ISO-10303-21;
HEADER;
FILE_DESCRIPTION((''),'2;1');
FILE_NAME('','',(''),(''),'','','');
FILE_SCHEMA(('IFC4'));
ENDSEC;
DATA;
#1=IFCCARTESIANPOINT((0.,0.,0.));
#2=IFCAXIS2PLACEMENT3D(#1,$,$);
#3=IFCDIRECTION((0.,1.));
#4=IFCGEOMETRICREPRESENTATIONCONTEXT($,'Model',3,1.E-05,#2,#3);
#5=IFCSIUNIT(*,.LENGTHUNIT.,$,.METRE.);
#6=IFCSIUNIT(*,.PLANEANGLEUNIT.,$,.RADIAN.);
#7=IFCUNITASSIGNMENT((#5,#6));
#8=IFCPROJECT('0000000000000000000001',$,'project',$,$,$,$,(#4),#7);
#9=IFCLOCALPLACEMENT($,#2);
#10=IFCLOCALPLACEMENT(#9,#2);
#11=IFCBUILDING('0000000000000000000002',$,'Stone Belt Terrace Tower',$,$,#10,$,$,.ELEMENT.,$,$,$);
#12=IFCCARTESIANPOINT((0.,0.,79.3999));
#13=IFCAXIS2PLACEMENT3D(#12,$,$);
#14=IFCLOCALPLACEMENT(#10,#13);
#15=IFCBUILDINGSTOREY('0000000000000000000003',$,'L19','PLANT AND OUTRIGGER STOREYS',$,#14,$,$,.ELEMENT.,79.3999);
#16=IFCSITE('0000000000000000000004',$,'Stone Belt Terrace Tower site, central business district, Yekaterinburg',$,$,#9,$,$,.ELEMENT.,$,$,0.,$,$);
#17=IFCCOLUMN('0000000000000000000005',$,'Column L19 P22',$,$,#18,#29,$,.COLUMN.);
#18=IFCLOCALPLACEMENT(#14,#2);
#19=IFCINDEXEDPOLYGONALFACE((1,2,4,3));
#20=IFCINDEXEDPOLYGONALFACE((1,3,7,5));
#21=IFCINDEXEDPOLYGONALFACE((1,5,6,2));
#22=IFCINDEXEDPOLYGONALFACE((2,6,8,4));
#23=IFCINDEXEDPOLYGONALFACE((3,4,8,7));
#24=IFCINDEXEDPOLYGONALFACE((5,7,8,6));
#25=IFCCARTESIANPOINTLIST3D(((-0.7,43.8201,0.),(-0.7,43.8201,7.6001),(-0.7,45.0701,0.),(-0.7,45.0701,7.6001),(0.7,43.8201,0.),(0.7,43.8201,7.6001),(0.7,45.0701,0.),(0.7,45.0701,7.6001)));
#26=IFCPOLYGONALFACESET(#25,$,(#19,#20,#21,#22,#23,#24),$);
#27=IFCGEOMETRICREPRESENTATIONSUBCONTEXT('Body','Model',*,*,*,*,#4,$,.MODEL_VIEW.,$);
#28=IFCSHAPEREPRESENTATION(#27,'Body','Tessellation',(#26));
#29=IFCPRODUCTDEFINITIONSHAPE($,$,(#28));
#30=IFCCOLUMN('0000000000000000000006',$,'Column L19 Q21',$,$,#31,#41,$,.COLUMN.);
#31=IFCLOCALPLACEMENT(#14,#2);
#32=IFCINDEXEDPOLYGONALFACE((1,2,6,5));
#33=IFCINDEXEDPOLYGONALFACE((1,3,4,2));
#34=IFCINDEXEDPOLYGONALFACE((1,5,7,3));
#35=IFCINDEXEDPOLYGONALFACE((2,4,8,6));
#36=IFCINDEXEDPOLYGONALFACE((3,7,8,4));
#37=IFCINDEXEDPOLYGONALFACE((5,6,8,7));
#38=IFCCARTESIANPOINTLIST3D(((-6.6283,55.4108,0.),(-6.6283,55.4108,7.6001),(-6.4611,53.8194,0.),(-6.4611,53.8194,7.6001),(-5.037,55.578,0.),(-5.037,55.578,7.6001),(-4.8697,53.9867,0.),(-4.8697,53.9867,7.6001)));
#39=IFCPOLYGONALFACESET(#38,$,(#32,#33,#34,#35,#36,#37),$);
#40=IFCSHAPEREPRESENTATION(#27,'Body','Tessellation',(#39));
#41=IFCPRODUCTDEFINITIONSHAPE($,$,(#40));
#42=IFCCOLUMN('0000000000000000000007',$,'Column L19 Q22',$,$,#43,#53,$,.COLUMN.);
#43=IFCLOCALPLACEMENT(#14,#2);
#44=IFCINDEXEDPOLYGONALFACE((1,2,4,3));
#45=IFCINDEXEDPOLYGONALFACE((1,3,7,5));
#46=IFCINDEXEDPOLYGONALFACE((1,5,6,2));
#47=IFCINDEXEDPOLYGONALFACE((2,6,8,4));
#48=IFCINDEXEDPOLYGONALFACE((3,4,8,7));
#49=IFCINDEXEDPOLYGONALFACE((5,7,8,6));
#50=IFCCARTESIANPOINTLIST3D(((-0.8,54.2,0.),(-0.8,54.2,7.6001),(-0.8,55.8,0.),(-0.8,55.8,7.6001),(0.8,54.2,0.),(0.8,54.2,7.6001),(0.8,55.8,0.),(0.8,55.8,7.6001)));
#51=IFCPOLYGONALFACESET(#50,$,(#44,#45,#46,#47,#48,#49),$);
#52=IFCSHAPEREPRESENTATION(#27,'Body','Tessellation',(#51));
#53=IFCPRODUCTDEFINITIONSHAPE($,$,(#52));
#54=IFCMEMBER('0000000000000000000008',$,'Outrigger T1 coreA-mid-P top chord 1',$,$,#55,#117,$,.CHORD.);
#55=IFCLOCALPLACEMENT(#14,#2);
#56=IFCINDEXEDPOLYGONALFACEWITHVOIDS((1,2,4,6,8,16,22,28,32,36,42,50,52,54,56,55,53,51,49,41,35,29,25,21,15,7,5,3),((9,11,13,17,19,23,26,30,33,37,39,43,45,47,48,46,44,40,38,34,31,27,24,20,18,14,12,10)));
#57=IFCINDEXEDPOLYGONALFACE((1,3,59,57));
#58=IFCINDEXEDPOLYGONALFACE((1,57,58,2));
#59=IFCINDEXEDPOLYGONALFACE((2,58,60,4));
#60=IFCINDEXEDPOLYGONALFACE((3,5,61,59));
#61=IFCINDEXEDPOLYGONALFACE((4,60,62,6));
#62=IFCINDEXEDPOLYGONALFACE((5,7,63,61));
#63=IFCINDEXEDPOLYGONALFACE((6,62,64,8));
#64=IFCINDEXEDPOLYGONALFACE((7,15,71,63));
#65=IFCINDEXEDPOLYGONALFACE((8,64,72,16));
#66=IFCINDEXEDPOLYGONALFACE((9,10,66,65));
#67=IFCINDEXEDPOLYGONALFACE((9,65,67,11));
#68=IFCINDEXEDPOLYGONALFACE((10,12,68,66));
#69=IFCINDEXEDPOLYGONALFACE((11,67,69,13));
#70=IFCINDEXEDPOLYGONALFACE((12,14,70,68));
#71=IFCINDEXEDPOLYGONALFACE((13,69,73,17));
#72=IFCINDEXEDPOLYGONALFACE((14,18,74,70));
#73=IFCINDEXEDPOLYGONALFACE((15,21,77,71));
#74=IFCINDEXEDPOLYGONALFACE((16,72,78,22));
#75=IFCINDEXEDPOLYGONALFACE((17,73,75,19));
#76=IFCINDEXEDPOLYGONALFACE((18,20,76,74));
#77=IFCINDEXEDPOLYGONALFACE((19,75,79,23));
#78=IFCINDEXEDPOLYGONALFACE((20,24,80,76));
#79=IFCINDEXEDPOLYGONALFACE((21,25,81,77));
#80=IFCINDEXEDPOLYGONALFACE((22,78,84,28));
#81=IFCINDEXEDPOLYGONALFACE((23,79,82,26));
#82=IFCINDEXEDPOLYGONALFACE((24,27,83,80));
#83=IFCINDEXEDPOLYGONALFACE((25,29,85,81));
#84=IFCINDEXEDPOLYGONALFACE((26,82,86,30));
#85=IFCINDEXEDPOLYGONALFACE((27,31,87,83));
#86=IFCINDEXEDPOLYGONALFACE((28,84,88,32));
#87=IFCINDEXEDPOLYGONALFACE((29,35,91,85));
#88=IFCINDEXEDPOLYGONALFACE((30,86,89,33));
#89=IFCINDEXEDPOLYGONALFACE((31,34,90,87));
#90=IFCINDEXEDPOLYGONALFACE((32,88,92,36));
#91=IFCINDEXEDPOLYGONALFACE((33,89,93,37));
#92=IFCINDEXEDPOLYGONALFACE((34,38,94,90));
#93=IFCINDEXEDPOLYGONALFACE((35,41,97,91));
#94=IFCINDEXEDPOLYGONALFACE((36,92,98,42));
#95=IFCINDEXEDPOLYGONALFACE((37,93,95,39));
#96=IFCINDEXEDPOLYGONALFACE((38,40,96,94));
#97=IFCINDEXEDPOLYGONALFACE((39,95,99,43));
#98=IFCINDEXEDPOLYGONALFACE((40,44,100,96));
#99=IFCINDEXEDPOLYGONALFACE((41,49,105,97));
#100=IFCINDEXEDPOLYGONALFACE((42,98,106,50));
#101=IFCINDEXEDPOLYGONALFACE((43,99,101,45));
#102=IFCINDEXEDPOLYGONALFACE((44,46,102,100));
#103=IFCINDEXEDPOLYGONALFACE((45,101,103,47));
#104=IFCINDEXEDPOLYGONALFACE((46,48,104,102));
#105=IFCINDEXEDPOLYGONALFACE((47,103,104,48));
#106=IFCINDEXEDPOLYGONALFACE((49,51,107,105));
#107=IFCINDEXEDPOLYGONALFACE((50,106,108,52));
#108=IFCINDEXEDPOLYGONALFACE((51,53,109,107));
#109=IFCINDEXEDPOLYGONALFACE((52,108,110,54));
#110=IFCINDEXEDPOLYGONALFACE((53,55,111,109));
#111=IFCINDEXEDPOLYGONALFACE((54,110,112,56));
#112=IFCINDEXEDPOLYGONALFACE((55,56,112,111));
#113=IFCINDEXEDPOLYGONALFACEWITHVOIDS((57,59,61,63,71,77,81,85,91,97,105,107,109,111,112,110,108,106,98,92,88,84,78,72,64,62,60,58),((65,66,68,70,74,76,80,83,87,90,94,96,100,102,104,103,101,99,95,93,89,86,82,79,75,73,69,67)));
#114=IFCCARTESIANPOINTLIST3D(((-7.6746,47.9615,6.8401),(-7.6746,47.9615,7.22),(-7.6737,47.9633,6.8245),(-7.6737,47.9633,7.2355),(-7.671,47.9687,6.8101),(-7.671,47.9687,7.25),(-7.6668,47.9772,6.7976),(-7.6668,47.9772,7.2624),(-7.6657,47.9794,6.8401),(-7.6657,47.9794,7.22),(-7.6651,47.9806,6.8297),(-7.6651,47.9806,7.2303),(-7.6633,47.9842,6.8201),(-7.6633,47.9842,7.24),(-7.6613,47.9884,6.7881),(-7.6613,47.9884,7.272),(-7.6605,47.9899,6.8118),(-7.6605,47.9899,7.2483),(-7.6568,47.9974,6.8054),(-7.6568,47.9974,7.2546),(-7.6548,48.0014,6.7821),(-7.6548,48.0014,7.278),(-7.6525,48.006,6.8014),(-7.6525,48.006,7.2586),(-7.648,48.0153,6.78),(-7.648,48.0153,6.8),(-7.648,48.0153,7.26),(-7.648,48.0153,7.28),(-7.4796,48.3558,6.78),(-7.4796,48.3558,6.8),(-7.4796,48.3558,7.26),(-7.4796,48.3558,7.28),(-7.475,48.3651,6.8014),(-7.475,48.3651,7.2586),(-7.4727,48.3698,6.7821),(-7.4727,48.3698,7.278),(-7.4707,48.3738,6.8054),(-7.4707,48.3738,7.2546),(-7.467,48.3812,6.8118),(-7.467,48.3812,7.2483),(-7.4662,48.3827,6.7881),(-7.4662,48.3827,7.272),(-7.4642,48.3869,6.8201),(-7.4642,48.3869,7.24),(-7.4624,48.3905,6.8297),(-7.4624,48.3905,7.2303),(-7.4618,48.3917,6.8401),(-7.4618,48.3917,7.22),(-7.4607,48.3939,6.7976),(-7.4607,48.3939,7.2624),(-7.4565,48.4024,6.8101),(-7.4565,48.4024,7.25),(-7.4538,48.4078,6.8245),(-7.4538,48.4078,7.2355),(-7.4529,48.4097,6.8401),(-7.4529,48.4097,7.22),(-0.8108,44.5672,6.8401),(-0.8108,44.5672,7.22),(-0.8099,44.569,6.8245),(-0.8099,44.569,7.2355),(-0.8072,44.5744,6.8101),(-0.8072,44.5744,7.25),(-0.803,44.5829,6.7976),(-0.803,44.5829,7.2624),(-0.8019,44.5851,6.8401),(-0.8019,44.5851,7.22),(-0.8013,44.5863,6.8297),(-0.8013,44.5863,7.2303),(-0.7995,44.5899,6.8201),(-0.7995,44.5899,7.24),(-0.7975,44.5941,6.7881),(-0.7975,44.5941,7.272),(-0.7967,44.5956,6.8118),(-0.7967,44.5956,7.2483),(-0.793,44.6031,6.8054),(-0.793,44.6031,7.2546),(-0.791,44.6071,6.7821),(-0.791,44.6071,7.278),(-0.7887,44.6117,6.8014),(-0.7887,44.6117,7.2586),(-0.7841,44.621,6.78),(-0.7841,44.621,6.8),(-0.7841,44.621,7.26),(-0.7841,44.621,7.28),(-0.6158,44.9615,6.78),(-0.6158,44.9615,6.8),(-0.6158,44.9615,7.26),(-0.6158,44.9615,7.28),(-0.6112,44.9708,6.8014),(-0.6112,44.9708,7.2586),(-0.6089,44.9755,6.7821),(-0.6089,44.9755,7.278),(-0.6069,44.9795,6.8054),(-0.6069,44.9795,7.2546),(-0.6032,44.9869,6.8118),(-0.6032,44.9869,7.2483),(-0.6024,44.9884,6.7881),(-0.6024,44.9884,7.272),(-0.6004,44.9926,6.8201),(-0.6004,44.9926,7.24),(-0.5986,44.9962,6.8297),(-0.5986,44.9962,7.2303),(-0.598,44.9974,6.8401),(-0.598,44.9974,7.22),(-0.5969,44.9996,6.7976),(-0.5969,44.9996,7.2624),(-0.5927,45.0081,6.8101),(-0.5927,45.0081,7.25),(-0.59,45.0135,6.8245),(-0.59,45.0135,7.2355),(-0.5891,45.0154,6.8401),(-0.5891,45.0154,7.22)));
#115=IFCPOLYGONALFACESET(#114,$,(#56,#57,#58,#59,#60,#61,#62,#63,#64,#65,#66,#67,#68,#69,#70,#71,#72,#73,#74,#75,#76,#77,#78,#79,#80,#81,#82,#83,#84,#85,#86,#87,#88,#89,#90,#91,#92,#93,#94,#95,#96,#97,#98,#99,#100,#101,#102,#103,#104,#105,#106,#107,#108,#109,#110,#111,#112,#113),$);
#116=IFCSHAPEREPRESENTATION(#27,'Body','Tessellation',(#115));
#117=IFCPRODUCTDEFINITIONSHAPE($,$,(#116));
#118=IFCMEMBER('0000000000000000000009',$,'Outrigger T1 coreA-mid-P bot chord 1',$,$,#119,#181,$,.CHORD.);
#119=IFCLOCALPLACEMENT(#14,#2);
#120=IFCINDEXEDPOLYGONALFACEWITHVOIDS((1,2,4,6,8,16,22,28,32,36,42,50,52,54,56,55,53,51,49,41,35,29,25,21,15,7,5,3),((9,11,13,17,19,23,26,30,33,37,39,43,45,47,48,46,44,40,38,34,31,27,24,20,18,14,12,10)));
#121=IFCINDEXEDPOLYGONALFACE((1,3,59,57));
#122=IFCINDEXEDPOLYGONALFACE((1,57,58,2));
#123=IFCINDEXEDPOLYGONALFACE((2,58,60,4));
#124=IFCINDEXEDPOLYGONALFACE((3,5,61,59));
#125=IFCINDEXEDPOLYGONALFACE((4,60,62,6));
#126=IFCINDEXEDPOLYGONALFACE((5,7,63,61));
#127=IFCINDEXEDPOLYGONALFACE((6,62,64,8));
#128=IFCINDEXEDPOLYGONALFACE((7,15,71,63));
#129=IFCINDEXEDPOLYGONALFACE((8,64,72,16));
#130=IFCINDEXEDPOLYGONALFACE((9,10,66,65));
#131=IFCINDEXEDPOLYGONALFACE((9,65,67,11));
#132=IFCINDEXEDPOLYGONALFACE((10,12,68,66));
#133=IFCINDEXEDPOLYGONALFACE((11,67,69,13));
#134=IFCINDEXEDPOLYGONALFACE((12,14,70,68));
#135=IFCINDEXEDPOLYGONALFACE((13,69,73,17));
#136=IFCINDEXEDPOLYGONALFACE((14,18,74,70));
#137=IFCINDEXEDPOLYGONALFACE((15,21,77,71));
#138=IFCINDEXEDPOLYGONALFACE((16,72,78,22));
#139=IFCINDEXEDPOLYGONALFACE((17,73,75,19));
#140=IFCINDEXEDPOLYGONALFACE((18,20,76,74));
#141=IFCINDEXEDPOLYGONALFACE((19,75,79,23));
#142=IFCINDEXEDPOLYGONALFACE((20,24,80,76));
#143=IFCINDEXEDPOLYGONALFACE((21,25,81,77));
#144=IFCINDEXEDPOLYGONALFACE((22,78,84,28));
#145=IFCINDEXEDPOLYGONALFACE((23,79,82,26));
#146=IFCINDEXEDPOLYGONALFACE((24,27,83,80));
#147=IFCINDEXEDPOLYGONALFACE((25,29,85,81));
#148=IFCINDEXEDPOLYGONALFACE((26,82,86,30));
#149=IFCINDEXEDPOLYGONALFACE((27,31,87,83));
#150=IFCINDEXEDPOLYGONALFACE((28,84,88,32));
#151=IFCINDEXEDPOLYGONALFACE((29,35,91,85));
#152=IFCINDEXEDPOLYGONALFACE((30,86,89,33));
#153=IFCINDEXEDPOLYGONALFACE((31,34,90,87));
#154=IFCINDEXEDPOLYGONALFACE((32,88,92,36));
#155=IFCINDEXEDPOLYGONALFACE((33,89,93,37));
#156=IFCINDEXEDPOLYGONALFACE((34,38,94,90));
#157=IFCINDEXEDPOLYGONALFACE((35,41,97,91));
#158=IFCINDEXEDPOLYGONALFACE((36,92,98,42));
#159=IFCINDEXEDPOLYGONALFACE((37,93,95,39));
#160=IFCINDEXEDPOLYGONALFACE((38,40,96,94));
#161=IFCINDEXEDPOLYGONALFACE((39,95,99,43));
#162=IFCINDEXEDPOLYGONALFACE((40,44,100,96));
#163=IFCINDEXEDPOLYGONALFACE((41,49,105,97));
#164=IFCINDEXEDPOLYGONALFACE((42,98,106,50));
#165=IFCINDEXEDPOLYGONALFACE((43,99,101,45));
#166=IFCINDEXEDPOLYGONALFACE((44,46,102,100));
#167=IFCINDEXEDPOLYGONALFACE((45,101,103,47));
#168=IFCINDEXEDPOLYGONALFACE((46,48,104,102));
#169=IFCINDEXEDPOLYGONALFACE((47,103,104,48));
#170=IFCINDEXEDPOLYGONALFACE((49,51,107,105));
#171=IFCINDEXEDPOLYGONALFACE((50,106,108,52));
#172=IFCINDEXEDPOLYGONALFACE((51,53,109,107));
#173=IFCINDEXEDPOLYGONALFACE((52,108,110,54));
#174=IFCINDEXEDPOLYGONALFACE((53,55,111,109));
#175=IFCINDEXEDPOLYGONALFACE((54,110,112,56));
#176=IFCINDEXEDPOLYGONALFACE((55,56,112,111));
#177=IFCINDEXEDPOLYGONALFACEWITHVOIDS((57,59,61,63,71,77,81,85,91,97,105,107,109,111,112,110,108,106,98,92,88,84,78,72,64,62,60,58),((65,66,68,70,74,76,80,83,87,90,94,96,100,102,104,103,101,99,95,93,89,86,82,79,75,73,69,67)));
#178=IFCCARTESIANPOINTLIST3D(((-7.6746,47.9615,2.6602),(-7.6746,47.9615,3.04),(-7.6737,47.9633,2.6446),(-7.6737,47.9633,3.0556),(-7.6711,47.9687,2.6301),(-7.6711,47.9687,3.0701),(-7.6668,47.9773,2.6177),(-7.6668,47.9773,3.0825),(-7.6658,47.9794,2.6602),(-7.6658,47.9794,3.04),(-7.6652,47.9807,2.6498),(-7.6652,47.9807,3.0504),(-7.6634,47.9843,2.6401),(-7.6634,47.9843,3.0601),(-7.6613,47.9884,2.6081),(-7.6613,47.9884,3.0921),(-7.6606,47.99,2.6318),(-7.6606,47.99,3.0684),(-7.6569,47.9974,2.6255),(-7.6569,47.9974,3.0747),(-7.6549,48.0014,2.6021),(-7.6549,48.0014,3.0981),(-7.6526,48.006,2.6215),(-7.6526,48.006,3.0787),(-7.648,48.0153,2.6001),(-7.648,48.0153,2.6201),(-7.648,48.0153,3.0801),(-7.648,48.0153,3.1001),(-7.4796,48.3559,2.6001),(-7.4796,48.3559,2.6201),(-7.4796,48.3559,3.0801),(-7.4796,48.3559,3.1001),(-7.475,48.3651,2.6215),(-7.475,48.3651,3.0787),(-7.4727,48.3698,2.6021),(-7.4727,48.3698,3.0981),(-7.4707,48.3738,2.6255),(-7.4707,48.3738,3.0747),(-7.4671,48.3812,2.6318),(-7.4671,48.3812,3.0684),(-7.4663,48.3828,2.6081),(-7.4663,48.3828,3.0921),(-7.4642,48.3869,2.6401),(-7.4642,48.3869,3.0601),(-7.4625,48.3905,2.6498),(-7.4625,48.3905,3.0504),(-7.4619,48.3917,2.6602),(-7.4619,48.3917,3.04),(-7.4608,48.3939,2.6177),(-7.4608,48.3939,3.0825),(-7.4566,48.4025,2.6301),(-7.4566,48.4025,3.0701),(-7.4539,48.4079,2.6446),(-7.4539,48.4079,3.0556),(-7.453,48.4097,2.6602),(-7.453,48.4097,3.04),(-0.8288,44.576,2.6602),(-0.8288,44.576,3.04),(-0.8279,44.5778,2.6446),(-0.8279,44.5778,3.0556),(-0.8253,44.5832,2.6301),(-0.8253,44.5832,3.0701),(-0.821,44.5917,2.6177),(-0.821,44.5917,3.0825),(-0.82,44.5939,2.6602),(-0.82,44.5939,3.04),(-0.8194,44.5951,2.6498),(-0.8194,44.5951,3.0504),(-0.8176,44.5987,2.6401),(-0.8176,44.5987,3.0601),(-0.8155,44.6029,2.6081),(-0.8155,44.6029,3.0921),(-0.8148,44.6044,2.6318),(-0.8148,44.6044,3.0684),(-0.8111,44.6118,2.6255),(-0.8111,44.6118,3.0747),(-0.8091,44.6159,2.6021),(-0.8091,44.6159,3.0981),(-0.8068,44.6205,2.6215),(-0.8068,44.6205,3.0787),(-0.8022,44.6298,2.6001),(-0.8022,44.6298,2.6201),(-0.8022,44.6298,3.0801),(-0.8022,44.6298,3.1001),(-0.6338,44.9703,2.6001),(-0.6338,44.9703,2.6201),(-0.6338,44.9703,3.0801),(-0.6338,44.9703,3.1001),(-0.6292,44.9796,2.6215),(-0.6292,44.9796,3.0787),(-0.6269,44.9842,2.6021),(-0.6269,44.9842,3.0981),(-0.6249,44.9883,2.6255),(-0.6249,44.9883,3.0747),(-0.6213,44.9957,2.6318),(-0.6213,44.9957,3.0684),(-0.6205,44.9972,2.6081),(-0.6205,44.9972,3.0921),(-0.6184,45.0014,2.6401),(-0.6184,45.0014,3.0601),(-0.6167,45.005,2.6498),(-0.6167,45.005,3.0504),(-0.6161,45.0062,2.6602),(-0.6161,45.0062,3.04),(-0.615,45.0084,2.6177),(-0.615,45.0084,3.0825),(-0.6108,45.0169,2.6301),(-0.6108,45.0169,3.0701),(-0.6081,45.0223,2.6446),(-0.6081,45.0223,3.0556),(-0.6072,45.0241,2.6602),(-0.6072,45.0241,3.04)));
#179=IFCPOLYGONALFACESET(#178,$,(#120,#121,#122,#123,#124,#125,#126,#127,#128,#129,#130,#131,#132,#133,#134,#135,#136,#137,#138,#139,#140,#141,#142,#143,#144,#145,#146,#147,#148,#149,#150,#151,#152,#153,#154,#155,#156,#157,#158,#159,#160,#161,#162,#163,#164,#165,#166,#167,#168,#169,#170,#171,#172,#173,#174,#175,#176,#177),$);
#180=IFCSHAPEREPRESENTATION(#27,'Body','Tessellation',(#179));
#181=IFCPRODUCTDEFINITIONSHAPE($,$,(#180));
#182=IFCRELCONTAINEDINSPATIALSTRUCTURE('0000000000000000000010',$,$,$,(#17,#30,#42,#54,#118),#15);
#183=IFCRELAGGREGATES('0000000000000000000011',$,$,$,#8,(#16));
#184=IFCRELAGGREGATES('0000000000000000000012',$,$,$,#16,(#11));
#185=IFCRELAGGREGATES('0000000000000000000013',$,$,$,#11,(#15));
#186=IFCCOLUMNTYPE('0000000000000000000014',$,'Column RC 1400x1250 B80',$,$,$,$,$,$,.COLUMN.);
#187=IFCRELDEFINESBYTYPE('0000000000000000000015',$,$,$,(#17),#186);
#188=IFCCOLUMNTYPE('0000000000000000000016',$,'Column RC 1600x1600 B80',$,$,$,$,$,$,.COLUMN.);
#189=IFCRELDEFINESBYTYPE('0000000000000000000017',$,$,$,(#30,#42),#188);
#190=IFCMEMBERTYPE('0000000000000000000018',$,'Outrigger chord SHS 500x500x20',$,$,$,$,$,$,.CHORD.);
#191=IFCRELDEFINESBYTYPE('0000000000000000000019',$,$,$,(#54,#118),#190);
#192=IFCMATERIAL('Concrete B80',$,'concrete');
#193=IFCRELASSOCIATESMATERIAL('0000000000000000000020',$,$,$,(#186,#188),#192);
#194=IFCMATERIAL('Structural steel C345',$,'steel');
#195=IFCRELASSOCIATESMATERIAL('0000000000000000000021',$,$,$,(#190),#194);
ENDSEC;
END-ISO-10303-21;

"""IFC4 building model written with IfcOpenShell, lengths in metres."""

from ifc_helpers import new_model, si_unit, direction, frame, origin, origin_2d, place, context, subcontext, project, spatial, rectangle, hollow_rectangle, extrude, material, material_profile, profile_set, type_object, element, save


model = new_model("IFC4")

# Units and contexts
model_context = context("Model", 3, precision=1e-05, world=origin(), true_north=direction((0.0, 1.0)))
body_context = subcontext(model_context, "Body", "Model", "MODEL_VIEW")
ifc_project = project(units=[si_unit("LENGTHUNIT", "METRE"), si_unit("PLANEANGLEUNIT", "RADIAN")], contexts=[model_context])

# Site, building, storey
site_placement = place(None, origin())
site = spatial("IfcSite", under=ifc_project, at=site_placement, Name="Stone Belt Terrace Tower site, central business district, Yekaterinburg", CompositionType="ELEMENT", RefElevation=0.0)
building_placement = place(site_placement, origin())
building = spatial("IfcBuilding", under=site, at=building_placement, Name="Stone Belt Terrace Tower", CompositionType="ELEMENT")
storey_placement = place(building_placement, frame((0.0, 0.0, 79.3999)))
storey = spatial("IfcBuildingStorey", under=building, at=storey_placement, Name="L19", Description="PLANT AND OUTRIGGER STOREYS", CompositionType="ELEMENT", Elevation=79.3999)

# Columns
ifc_material_1 = material(Name="Concrete B80", Category="concrete")
ifc_material_profile_1 = material_profile(ifc_material_1, rectangle(XDim=1.3999, YDim=1.25, at=origin_2d()), Name="RC 1400x1250")
ifc_profile_set_1 = profile_set([ifc_material_profile_1], Name="Concrete B80")
column_type_1 = type_object("IfcColumnType", Name="Column RC 1400x1250 B80", PredefinedType="COLUMN", material=ifc_profile_set_1)
column_placement = place(storey_placement, frame((0.0, 44.4451, 0.0), z_axis=(0.0, 0.0, 1.0), x_axis=(1.0, 0.0, 0.0)))
element("IfcColumn", 1, at=column_placement, inside=storey, type_object=column_type_1, Name="Column L19 P22", PredefinedType="COLUMN", context=body_context, shape_type="SweptSolid", body=[
    extrude(rectangle(XDim=1.3999, YDim=1.25, at=origin_2d()), origin(), (0.0, 0.0, 1.0), 7.6001),
])
ifc_material_profile_2 = material_profile(ifc_material_1, rectangle(XDim=1.6001, YDim=1.6001, at=origin_2d()), Name="RC 1600x1600")
ifc_profile_set_2 = profile_set([ifc_material_profile_2], Name="Concrete B80")
column_type_2 = type_object("IfcColumnType", Name="Column RC 1600x1600 B80", PredefinedType="COLUMN", material=ifc_profile_set_2)
for number, where, z_axis, x_axis, name in (
    (2, (-5.749, 54.6987, 0.0), (0.0, 0.0, 1.0), (0.994522, 0.104528, 0.0), "Column L19 Q21"),
    (3, (0.0, 55.0, 0.0), (0.0, 0.0, 1.0), (1.0, 0.0, 0.0), "Column L19 Q22"),
):
    element("IfcColumn", number, at=place(storey_placement, frame(where, z_axis=z_axis, x_axis=x_axis)), inside=storey, type_object=column_type_2, Name=name, PredefinedType="COLUMN", context=body_context, shape_type="SweptSolid", body=[
        extrude(rectangle(XDim=1.6001, YDim=1.6001, at=origin_2d()), origin(), (0.0, 0.0, 1.0), 7.6001),
    ])

# Members
ifc_material_2 = material(Name="Structural steel C345", Category="steel")
ifc_material_profile_3 = material_profile(ifc_material_2, hollow_rectangle(XDim=0.5, YDim=0.5, WallThickness=0.02, InnerFilletRadius=0.04, OuterFilletRadius=0.0601, at=origin_2d()), Name="SHS 500x500x20")
ifc_profile_set_3 = profile_set([ifc_material_profile_3], Name="Structural steel C345")
member_type_1 = type_object("IfcMemberType", Name="Outrigger chord SHS 500x500x20", PredefinedType="CHORD", material=ifc_profile_set_3)
member_1_placement = place(storey_placement, frame((-0.7, 44.7913, 7.03), z_axis=(-0.896383, 0.443281, 0.0), x_axis=(-0.443281, -0.896383, 0.0)))
element("IfcMember", 4, at=member_1_placement, inside=storey, type_object=member_type_1, Name="Outrigger T1 coreA-mid-P top chord 1", PredefinedType="CHORD", context=body_context, shape_type="SweptSolid", body=[
    extrude(hollow_rectangle(XDim=0.5, YDim=0.5, WallThickness=0.02, InnerFilletRadius=0.04, OuterFilletRadius=0.0601, at=origin_2d()), origin(), (0.0, 0.0, 1.0), 7.6572),
])
member_2_placement = place(storey_placement, frame((-0.718, 44.8, 2.8501), z_axis=(-0.896375, 0.443296, 0.0), x_axis=(-0.443296, -0.896375, 0.0)))
element("IfcMember", 5, at=member_2_placement, inside=storey, type_object=member_type_1, Name="Outrigger T1 coreA-mid-P bot chord 1", PredefinedType="CHORD", context=body_context, shape_type="SweptSolid", body=[
    extrude(hollow_rectangle(XDim=0.5, YDim=0.5, WallThickness=0.02, InnerFilletRadius=0.04, OuterFilletRadius=0.0601, at=origin_2d()), origin(), (0.0, 0.0, 1.0), 7.6372),
])

save(model, "model.ifc")
